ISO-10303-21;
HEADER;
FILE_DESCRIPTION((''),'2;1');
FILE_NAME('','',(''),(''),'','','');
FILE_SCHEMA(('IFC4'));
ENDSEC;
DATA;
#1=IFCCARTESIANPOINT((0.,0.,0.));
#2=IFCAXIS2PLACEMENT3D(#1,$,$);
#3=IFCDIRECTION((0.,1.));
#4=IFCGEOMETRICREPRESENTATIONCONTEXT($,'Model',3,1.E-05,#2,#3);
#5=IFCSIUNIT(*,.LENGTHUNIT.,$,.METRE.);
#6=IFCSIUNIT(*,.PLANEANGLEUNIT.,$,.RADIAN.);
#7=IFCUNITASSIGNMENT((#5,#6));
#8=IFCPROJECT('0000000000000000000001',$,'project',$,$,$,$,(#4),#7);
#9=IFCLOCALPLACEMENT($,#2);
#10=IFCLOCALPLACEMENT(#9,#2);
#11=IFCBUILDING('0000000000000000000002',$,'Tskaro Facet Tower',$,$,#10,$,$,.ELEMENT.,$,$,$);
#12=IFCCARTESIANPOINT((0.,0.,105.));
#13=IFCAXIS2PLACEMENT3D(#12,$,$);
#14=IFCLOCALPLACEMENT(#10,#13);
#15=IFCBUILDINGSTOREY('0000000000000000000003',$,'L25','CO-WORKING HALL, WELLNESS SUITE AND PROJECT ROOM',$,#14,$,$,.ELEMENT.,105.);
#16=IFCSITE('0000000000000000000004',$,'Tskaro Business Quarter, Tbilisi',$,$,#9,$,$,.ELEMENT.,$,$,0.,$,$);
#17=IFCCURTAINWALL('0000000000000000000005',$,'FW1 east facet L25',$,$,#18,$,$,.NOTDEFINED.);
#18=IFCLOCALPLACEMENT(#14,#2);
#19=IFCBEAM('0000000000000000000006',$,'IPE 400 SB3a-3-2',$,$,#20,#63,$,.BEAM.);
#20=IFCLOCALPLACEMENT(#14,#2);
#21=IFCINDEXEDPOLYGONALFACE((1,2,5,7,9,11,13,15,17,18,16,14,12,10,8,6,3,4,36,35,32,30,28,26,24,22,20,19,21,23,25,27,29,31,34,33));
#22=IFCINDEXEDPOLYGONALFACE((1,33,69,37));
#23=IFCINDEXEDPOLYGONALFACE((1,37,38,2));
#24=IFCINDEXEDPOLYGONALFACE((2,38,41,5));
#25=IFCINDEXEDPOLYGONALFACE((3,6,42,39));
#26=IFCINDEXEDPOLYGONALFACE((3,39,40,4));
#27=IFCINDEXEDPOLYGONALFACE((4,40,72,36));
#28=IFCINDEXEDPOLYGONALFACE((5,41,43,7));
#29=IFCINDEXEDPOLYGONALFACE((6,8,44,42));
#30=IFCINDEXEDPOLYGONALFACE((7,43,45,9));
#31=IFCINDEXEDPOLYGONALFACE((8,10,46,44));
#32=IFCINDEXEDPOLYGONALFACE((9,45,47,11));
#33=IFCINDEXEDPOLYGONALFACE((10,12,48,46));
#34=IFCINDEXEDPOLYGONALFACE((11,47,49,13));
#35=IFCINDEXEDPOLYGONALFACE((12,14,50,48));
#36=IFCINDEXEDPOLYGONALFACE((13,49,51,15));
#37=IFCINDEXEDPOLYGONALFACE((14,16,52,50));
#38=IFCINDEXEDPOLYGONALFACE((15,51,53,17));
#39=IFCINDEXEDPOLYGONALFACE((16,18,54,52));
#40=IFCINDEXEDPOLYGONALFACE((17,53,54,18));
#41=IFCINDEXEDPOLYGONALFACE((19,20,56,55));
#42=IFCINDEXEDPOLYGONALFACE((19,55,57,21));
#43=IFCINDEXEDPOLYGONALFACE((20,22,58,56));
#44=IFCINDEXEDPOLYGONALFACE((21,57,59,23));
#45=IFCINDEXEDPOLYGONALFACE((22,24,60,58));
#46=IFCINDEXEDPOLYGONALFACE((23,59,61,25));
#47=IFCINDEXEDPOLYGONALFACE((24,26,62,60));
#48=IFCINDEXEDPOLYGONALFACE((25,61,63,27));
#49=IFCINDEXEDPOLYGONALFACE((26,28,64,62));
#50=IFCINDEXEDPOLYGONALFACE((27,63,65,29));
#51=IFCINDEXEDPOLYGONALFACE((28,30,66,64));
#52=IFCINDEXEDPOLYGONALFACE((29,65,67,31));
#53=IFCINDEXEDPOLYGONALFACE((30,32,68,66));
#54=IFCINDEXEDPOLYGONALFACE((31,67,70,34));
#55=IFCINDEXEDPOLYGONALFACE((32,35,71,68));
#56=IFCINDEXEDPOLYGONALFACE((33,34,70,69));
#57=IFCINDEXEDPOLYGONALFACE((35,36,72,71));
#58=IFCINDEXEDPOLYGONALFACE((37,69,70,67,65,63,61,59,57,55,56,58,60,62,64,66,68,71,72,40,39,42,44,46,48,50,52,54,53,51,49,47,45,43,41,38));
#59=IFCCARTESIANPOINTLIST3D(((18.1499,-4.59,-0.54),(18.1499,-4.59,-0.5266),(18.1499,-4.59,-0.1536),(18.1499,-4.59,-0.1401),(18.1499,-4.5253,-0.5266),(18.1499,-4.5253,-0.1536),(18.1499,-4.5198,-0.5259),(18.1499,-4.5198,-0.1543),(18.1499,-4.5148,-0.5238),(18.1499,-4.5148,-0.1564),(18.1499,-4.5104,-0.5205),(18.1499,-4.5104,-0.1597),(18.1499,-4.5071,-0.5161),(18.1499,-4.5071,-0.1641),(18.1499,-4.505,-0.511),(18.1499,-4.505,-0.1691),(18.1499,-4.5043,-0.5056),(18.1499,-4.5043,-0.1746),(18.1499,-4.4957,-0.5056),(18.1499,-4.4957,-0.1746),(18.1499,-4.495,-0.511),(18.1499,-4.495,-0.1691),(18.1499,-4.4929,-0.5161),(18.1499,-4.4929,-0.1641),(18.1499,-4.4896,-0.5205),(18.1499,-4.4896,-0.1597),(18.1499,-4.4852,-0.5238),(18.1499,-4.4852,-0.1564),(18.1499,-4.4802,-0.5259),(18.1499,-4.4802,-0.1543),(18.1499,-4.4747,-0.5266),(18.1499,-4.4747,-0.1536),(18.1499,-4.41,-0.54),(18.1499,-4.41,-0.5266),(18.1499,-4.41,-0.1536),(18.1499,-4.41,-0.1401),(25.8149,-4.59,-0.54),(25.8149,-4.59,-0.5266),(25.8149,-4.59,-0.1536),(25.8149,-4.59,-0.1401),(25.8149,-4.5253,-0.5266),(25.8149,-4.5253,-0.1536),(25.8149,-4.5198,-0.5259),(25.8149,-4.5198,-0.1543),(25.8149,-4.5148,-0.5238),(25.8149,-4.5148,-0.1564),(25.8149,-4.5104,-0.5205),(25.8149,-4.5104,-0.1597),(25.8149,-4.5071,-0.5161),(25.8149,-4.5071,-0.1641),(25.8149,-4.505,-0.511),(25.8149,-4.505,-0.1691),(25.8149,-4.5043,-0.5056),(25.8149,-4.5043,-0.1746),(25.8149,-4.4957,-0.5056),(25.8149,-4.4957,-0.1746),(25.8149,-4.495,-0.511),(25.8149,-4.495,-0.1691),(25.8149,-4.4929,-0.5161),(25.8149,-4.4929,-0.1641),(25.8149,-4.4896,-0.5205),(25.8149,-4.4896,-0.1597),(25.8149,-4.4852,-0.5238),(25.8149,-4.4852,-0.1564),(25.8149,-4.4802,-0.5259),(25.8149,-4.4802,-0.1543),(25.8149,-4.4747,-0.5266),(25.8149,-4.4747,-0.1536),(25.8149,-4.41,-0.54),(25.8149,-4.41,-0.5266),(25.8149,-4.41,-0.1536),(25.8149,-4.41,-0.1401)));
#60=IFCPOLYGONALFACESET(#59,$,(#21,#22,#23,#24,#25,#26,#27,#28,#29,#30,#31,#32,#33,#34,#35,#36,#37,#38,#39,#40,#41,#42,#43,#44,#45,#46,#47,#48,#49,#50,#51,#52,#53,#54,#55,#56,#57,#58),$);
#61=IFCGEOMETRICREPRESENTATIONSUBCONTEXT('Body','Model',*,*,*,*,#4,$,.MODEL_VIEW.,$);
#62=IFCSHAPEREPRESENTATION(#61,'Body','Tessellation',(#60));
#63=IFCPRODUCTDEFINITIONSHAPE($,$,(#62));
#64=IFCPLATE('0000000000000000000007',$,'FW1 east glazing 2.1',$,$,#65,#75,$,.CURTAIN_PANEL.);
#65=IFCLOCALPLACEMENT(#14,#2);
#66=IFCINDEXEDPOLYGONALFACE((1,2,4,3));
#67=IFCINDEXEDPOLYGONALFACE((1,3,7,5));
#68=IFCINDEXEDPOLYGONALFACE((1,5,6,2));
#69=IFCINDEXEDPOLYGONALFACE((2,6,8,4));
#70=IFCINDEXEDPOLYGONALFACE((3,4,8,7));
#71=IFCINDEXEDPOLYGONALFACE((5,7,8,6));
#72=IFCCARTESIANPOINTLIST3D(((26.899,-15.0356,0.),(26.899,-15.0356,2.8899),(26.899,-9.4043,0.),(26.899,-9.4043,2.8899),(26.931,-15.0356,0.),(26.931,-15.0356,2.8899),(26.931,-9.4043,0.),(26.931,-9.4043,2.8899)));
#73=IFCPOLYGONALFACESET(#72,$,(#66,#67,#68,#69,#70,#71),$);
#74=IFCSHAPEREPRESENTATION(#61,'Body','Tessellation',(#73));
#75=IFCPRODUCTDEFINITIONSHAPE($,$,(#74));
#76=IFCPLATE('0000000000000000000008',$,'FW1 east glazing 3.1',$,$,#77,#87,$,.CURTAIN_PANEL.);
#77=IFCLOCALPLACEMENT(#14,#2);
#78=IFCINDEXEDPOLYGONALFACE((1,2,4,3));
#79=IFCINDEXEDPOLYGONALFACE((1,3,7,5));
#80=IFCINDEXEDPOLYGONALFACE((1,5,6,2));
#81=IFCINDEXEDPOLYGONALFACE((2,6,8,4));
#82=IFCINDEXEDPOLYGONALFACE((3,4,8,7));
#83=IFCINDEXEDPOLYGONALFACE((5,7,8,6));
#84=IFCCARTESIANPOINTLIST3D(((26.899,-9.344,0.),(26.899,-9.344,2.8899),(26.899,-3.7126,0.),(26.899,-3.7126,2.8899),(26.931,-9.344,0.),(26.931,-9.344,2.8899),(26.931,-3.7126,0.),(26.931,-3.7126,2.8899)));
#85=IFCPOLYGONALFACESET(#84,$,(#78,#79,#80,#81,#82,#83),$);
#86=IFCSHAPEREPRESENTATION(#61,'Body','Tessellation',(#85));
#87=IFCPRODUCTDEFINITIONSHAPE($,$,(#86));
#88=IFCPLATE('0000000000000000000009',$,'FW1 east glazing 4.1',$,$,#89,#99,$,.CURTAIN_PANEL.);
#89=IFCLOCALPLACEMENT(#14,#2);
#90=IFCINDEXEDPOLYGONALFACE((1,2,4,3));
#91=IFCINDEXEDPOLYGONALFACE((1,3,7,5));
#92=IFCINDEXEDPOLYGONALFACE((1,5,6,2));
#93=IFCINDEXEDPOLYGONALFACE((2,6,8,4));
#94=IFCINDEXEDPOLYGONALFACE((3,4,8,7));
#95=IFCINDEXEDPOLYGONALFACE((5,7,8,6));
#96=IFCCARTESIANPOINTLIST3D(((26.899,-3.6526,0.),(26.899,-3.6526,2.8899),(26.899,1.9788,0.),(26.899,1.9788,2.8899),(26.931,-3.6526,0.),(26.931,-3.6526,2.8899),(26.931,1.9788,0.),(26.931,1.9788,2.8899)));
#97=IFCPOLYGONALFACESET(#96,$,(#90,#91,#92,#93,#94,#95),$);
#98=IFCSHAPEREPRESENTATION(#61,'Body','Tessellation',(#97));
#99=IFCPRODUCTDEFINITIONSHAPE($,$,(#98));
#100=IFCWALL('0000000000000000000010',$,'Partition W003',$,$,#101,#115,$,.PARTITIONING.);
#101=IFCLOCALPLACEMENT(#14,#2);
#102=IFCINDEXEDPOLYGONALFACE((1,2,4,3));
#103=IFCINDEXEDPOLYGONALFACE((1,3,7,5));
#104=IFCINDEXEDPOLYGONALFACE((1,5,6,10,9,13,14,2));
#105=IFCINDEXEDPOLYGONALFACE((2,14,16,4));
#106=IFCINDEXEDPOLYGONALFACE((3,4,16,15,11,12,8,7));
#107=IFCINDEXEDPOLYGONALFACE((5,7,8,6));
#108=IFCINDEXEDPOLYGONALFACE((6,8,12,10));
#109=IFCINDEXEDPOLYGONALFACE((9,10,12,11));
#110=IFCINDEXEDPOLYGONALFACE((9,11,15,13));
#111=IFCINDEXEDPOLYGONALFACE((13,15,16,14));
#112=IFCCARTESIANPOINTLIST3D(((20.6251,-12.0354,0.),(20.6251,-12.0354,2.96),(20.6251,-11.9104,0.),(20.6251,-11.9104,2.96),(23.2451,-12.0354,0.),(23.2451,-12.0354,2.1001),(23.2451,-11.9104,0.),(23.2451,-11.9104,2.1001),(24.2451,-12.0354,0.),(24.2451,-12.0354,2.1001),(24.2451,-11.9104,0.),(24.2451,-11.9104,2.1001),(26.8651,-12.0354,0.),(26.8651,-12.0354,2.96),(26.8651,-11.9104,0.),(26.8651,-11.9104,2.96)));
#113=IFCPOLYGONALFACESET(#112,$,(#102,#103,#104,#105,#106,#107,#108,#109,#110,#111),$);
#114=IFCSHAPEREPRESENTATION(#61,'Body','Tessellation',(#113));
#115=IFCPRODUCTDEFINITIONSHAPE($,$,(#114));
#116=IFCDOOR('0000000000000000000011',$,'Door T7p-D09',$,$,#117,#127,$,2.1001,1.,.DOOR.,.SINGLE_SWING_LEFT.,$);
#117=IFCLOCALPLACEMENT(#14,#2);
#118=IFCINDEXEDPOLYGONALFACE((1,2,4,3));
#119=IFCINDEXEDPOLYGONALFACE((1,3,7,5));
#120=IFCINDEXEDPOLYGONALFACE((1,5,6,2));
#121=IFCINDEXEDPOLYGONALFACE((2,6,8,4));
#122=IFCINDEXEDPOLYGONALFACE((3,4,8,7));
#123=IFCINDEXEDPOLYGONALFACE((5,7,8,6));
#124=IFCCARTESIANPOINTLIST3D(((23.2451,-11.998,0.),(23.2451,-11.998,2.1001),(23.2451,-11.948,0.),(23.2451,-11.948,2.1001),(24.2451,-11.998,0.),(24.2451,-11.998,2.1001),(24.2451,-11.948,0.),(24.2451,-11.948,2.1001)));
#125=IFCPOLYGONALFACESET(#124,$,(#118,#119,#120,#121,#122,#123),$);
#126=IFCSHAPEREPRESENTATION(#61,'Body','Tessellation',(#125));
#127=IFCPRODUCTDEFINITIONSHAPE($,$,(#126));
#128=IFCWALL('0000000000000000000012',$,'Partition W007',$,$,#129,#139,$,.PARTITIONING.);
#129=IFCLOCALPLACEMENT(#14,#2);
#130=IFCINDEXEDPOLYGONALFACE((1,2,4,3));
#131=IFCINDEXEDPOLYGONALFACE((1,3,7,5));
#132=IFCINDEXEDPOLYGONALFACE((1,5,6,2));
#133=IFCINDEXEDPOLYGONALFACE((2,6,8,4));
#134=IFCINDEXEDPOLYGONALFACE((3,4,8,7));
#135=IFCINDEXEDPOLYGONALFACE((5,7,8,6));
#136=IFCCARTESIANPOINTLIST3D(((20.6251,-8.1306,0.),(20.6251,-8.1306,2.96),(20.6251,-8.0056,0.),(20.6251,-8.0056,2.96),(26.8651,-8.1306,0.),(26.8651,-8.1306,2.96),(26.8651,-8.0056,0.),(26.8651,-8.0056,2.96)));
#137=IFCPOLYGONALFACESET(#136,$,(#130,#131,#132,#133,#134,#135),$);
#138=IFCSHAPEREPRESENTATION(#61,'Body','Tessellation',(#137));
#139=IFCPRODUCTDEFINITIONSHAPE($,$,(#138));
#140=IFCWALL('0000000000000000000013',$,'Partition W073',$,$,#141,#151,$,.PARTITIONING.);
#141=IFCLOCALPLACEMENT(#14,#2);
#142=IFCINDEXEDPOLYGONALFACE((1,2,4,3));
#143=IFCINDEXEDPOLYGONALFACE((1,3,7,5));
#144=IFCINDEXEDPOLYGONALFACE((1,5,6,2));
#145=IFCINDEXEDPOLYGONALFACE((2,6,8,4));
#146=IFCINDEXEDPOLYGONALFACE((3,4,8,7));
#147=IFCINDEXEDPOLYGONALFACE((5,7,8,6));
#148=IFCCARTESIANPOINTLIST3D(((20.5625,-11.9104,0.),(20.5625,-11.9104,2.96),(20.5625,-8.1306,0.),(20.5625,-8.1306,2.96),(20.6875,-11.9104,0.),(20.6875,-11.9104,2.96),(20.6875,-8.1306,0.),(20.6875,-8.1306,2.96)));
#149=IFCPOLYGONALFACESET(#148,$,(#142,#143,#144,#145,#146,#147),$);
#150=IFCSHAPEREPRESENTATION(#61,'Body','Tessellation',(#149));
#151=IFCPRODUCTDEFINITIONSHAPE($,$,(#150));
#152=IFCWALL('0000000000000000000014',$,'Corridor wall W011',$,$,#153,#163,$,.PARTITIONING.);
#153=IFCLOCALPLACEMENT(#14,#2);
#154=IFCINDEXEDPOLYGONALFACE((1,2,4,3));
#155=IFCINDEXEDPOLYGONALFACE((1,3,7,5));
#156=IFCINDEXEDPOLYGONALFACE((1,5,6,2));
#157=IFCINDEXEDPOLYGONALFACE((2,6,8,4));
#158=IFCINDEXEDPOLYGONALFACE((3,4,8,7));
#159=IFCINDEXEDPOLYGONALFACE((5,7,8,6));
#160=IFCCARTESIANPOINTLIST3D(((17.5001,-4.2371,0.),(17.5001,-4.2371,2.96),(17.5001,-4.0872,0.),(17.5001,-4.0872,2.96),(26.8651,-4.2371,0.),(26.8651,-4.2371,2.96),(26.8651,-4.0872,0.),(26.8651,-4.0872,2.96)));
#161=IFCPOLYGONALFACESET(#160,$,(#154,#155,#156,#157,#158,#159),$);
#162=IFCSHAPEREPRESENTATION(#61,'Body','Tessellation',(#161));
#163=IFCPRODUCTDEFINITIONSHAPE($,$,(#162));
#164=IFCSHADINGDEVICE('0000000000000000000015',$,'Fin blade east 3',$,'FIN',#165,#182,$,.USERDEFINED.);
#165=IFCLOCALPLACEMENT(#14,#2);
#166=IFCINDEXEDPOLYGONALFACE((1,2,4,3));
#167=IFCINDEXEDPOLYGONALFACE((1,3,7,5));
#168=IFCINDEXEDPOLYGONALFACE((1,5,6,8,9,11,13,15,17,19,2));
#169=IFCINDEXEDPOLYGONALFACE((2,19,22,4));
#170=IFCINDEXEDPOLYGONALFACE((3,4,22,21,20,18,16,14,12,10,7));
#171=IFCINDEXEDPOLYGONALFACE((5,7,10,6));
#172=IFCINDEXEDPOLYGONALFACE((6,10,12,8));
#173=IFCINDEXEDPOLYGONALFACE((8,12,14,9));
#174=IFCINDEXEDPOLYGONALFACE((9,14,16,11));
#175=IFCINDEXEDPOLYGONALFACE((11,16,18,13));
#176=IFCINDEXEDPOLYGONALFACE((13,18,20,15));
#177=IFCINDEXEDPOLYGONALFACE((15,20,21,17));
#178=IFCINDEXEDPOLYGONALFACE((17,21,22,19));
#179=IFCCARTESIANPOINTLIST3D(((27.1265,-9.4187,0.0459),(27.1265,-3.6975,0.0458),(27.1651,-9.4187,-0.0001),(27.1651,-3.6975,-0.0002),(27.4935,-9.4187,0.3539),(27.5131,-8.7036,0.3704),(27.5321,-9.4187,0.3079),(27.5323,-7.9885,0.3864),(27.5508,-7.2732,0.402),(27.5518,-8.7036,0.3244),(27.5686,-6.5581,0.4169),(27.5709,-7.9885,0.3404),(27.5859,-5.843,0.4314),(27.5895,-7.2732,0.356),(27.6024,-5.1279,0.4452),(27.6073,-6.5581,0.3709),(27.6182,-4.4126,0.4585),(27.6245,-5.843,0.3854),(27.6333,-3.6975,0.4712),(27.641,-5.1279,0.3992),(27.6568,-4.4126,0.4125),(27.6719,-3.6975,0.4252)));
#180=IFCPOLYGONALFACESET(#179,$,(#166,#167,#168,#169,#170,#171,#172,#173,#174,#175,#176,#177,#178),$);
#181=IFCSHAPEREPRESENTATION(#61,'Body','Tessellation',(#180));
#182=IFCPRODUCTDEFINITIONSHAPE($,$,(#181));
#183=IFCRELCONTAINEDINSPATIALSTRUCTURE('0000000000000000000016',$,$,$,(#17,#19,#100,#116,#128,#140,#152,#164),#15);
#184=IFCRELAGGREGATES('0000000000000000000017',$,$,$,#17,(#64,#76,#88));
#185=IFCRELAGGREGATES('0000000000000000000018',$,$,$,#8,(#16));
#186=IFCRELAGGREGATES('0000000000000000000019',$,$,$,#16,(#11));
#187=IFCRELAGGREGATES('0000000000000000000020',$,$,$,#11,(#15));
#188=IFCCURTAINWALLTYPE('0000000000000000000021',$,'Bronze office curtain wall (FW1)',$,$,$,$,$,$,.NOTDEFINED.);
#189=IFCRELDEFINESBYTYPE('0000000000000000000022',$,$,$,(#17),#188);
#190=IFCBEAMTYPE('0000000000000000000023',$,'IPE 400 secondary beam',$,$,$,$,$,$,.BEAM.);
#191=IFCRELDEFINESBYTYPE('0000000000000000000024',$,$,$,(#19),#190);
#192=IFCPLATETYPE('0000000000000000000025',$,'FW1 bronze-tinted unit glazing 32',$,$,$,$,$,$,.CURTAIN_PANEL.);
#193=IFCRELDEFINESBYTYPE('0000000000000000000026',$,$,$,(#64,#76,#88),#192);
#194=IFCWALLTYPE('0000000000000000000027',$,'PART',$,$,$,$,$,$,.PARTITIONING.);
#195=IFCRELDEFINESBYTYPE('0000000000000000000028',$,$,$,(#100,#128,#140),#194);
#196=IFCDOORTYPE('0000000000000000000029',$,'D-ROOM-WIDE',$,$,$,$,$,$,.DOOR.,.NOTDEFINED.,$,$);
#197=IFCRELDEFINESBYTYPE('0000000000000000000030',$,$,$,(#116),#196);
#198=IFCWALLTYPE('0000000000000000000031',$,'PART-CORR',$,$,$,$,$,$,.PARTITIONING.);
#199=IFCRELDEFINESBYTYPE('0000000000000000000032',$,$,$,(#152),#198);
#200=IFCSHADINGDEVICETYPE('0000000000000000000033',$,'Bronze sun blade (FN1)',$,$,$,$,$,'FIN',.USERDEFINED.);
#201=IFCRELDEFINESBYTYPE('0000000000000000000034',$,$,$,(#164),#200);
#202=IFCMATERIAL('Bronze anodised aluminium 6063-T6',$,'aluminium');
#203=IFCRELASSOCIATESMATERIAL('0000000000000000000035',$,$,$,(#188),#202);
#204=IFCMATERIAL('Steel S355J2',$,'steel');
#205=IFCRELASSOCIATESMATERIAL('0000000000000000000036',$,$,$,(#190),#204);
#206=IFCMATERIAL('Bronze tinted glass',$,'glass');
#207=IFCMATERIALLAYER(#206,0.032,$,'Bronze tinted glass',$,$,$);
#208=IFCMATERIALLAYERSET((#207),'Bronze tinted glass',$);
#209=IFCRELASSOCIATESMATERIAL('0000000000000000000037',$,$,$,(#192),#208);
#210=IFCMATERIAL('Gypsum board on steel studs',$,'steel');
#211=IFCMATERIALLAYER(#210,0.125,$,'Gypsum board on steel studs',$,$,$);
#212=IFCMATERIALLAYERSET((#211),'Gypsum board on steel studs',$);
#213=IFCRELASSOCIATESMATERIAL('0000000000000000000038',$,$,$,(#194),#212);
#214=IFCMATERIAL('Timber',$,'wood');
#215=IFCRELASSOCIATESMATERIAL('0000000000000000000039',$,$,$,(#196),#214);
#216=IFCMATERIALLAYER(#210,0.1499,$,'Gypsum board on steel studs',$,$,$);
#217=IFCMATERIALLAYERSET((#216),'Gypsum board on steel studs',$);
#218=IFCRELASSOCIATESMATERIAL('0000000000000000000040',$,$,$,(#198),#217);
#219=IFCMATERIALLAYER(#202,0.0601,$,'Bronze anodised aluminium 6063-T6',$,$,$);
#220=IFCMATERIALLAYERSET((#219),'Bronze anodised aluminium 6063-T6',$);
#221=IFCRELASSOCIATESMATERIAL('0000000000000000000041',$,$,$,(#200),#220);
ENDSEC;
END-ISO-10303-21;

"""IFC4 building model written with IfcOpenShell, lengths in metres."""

from ifc_helpers import new_model, si_unit, direction, frame, frame_2d, origin, origin_2d, place, context, subcontext, project, spatial, polyline, rectangle, i_section, outline, extrude, material, layer, layer_set, material_profile, profile_set, type_object, element, fill, aggregate, save


model = new_model("IFC4")

# Units and contexts
model_context = context("Model", 3, precision=1e-05, world=origin(), true_north=direction((0.0, 1.0)))
body_context = subcontext(model_context, "Body", "Model", "MODEL_VIEW")
ifc_project = project(units=[si_unit("LENGTHUNIT", "METRE"), si_unit("PLANEANGLEUNIT", "RADIAN")], contexts=[model_context])

# Site, building, storey
site_placement = place(None, origin())
site = spatial("IfcSite", under=ifc_project, at=site_placement, Name="Tskaro Business Quarter, Tbilisi", CompositionType="ELEMENT", RefElevation=0.0)
building_placement = place(site_placement, origin())
building = spatial("IfcBuilding", under=site, at=building_placement, Name="Tskaro Facet Tower", CompositionType="ELEMENT")
storey_placement = place(building_placement, frame((0.0, 0.0, 105.0)))
storey = spatial("IfcBuildingStorey", under=building, at=storey_placement, Name="L25", Description="CO-WORKING HALL, WELLNESS SUITE AND PROJECT ROOM", CompositionType="ELEMENT", Elevation=105.0)

# Curtain wall
ifc_material_1 = material(Name="Bronze anodised aluminium 6063-T6", Category="aluminium")
curtain_wall_type = type_object("IfcCurtainWallType", Name="Bronze office curtain wall (FW1)", PredefinedType="NOTDEFINED", material=ifc_material_1)
curtain_wall_placement = place(storey_placement, origin())
curtain_wall = element("IfcCurtainWall", 1, at=curtain_wall_placement, inside=storey, type_object=curtain_wall_type, Name="FW1 east facet L25", PredefinedType="NOTDEFINED")

# Beam
ifc_material_2 = material(Name="Steel S355J2", Category="steel")
ifc_material_profile_1 = material_profile(ifc_material_2, i_section(OverallWidth=0.1799, OverallDepth=0.3999, WebThickness=0.0085, FlangeThickness=0.0134, FilletRadius=0.021, at=origin_2d()), Name="IPE 400")
ifc_profile_set_1 = profile_set([ifc_material_profile_1], Name="Steel S355J2")
beam_type_1 = type_object("IfcBeamType", Name="IPE 400 secondary beam", PredefinedType="BEAM", material=ifc_profile_set_1)
for number, where, z_axis, x_axis, name in (
    (2, (18.1499, -4.5, -0.3401), (1.0, 0.0, 0.0), (0.0, 1.0, 0.0), "IPE 400 SB3a-3-2"),
):
    element("IfcBeam", number, at=place(storey_placement, frame(where, z_axis=z_axis, x_axis=x_axis)), inside=storey, type_object=beam_type_1, Name=name, PredefinedType="BEAM", context=body_context, shape_type="SweptSolid", body=[
        extrude(i_section(OverallWidth=0.1799, OverallDepth=0.3999, WebThickness=0.0085, FlangeThickness=0.0134, FilletRadius=0.021, at=origin_2d()), origin(), (0.0, 0.0, 1.0), 7.665),
    ])

# Plates
ifc_material_3 = material(Name="Bronze tinted glass", Category="glass")
ifc_layer_1 = layer(ifc_material_3, 0.032, Name="Bronze tinted glass")
ifc_layer_set_1 = layer_set([ifc_layer_1], Name="Bronze tinted glass")
plate_type = type_object("IfcPlateType", Name="FW1 bronze-tinted unit glazing 32", PredefinedType="CURTAIN_PANEL", material=ifc_layer_set_1)
plate_1_placement = place(storey_placement, frame((26.915, -12.22, 0.0), z_axis=(0.0, 0.0, 1.0), x_axis=(0.0, 1.0, 0.0)))
plate_1 = element("IfcPlate", 3, at=plate_1_placement, type_object=plate_type, Name="FW1 east glazing 2.1", PredefinedType="CURTAIN_PANEL", context=body_context, shape_type="SweptSolid", body=[
    extrude(rectangle(XDim=5.6313, YDim=0.032, at=origin_2d()), origin(), (0.0, 0.0, 1.0), 2.8899),
])
plate_2_placement = place(storey_placement, frame((26.915, -6.5283, 0.0), z_axis=(0.0, 0.0, 1.0), x_axis=(0.0, 1.0, 0.0)))
plate_2 = element("IfcPlate", 4, at=plate_2_placement, type_object=plate_type, Name="FW1 east glazing 3.1", PredefinedType="CURTAIN_PANEL", context=body_context, shape_type="SweptSolid", body=[
    extrude(rectangle(XDim=5.6313, YDim=0.032, at=origin_2d()), origin(), (0.0, 0.0, 1.0), 2.8899),
])
plate_3_placement = place(storey_placement, frame((26.915, -0.8369, 0.0), z_axis=(0.0, 0.0, 1.0), x_axis=(0.0, 1.0, 0.0)))
plate_3 = element("IfcPlate", 5, at=plate_3_placement, type_object=plate_type, Name="FW1 east glazing 4.1", PredefinedType="CURTAIN_PANEL", context=body_context, shape_type="SweptSolid", body=[
    extrude(rectangle(XDim=5.6313, YDim=0.032, at=origin_2d()), origin(), (0.0, 0.0, 1.0), 2.8899),
])
aggregate(curtain_wall, [plate_1, plate_2, plate_3])

# Wall, opening, door
ifc_material_4 = material(Name="Gypsum board on steel studs", Category="steel")
ifc_layer_2 = layer(ifc_material_4, 0.125, Name="Gypsum board on steel studs")
ifc_layer_set_2 = layer_set([ifc_layer_2], Name="Gypsum board on steel studs")
wall_type_1 = type_object("IfcWallType", Name="PART", PredefinedType="PARTITIONING", material=ifc_layer_set_2)
wall_1_placement = place(storey_placement, frame((20.625, -11.9729, 0.0), z_axis=(0.0, 0.0, 1.0), x_axis=(1.0, 0.0, 0.0)))
wall_1 = element("IfcWall", 6, at=wall_1_placement, inside=storey, type_object=wall_type_1, Name="Partition W003", PredefinedType="PARTITIONING", context=body_context, shape_type="SweptSolid", body=[
    extrude(rectangle(XDim=6.24, YDim=0.125, at=frame_2d((3.1201, 0.0))), origin(), (0.0, 0.0, 1.0), 2.96),
])
opening_placement = place(wall_1_placement, frame((2.6201, 0.0, 0.0)))
opening = element("IfcOpeningElement", 7, at=opening_placement, cuts=wall_1, PredefinedType="OPENING", context=body_context, shape_type="SweptSolid", body=[
    extrude(rectangle(XDim=1.0, YDim=2.1001, at=frame_2d((0.5, 1.05))), frame((0.0, 0.0725, 0.0), z_axis=(0.0, -1.0, 0.0), x_axis=(1.0, 0.0, 0.0)), (0.0, 0.0, 1.0), 0.145),
])
ifc_material_5 = material(Name="Timber", Category="wood")
door_type = type_object("IfcDoorType", Name="D-ROOM-WIDE", OperationType="NOTDEFINED", PredefinedType="DOOR", material=ifc_material_5)
door_placement = place(opening_placement, origin())
door = element("IfcDoor", 8, at=door_placement, inside=storey, type_object=door_type, Name="Door T7p-D09", OperationType="SINGLE_SWING_LEFT", OverallHeight=2.1001, OverallWidth=1.0, PredefinedType="DOOR", context=body_context, shape_type="SweptSolid", body=[
    extrude(rectangle(XDim=1.0, YDim=2.1001, at=frame_2d((0.5, 1.05))), frame((0.0, 0.0249, 0.0), z_axis=(0.0, -1.0, 0.0), x_axis=(1.0, 0.0, 0.0)), (0.0, 0.0, 1.0), 0.05),
])
fill(opening, door)

# Walls
wall_2_placement = place(storey_placement, frame((20.625, -8.0681, 0.0), z_axis=(0.0, 0.0, 1.0), x_axis=(1.0, 0.0, 0.0)))
element("IfcWall", 9, at=wall_2_placement, inside=storey, type_object=wall_type_1, Name="Partition W007", PredefinedType="PARTITIONING", context=body_context, shape_type="SweptSolid", body=[
    extrude(rectangle(XDim=6.24, YDim=0.125, at=frame_2d((3.1201, 0.0))), origin(), (0.0, 0.0, 1.0), 2.96),
])
wall_3_placement = place(storey_placement, frame((20.625, -11.9104, 0.0), z_axis=(0.0, 0.0, 1.0), x_axis=(0.0, 1.0, 0.0)))
element("IfcWall", 10, at=wall_3_placement, inside=storey, type_object=wall_type_1, Name="Partition W073", PredefinedType="PARTITIONING", context=body_context, shape_type="SweptSolid", body=[
    extrude(rectangle(XDim=3.7798, YDim=0.125, at=frame_2d((1.8899, 0.0))), origin(), (0.0, 0.0, 1.0), 2.96),
])
ifc_layer_3 = layer(ifc_material_4, 0.1499, Name="Gypsum board on steel studs")
ifc_layer_set_3 = layer_set([ifc_layer_3], Name="Gypsum board on steel studs")
wall_type_2 = type_object("IfcWallType", Name="PART-CORR", PredefinedType="PARTITIONING", material=ifc_layer_set_3)
wall_4_placement = place(storey_placement, frame((17.5, -4.1621, 0.0), z_axis=(0.0, 0.0, 1.0), x_axis=(1.0, 0.0, 0.0)))
element("IfcWall", 11, at=wall_4_placement, inside=storey, type_object=wall_type_2, Name="Corridor wall W011", PredefinedType="PARTITIONING", context=body_context, shape_type="SweptSolid", body=[
    extrude(rectangle(XDim=9.365, YDim=0.1499, at=frame_2d((4.6826, 0.0))), origin(), (0.0, 0.0, 1.0), 2.96),
])

# Shading device
ifc_layer_4 = layer(ifc_material_1, 0.0601, Name="Bronze anodised aluminium 6063-T6")
ifc_layer_set_4 = layer_set([ifc_layer_4], Name="Bronze anodised aluminium 6063-T6")
shading_device_type = type_object("IfcShadingDeviceType", Name="Bronze sun blade (FN1)", ElementType="FIN", PredefinedType="USERDEFINED", material=ifc_layer_set_4)
shading_device_1_placement = place(storey_placement, frame((27.1265, -9.4187, 0.0459), z_axis=(-0.642857, 0.000014, 0.765987), x_axis=(0.000009, 1.0, -0.000011)))
element("IfcShadingDevice", 12, at=shading_device_1_placement, inside=storey, type_object=shading_device_type, Name="Fin blade east 3", ObjectType="FIN", PredefinedType="USERDEFINED", context=body_context, shape_type="SweptSolid", body=[
    extrude(outline(polyline([(0.0, 0.0), (5.7212, 0.0), (5.7212, -0.6616), (5.0061, -0.6419), (4.2908, -0.6212), (3.5757, -0.5998), (2.8606, -0.5772), (2.1455, -0.554), (1.4302, -0.5297), (0.7151, -0.5048), (0.0, -0.4791), (0.0, 0.0)])), origin(), (0.0, 0.0, -1.0), 0.0601),
])

save(model, "model.ifc")
